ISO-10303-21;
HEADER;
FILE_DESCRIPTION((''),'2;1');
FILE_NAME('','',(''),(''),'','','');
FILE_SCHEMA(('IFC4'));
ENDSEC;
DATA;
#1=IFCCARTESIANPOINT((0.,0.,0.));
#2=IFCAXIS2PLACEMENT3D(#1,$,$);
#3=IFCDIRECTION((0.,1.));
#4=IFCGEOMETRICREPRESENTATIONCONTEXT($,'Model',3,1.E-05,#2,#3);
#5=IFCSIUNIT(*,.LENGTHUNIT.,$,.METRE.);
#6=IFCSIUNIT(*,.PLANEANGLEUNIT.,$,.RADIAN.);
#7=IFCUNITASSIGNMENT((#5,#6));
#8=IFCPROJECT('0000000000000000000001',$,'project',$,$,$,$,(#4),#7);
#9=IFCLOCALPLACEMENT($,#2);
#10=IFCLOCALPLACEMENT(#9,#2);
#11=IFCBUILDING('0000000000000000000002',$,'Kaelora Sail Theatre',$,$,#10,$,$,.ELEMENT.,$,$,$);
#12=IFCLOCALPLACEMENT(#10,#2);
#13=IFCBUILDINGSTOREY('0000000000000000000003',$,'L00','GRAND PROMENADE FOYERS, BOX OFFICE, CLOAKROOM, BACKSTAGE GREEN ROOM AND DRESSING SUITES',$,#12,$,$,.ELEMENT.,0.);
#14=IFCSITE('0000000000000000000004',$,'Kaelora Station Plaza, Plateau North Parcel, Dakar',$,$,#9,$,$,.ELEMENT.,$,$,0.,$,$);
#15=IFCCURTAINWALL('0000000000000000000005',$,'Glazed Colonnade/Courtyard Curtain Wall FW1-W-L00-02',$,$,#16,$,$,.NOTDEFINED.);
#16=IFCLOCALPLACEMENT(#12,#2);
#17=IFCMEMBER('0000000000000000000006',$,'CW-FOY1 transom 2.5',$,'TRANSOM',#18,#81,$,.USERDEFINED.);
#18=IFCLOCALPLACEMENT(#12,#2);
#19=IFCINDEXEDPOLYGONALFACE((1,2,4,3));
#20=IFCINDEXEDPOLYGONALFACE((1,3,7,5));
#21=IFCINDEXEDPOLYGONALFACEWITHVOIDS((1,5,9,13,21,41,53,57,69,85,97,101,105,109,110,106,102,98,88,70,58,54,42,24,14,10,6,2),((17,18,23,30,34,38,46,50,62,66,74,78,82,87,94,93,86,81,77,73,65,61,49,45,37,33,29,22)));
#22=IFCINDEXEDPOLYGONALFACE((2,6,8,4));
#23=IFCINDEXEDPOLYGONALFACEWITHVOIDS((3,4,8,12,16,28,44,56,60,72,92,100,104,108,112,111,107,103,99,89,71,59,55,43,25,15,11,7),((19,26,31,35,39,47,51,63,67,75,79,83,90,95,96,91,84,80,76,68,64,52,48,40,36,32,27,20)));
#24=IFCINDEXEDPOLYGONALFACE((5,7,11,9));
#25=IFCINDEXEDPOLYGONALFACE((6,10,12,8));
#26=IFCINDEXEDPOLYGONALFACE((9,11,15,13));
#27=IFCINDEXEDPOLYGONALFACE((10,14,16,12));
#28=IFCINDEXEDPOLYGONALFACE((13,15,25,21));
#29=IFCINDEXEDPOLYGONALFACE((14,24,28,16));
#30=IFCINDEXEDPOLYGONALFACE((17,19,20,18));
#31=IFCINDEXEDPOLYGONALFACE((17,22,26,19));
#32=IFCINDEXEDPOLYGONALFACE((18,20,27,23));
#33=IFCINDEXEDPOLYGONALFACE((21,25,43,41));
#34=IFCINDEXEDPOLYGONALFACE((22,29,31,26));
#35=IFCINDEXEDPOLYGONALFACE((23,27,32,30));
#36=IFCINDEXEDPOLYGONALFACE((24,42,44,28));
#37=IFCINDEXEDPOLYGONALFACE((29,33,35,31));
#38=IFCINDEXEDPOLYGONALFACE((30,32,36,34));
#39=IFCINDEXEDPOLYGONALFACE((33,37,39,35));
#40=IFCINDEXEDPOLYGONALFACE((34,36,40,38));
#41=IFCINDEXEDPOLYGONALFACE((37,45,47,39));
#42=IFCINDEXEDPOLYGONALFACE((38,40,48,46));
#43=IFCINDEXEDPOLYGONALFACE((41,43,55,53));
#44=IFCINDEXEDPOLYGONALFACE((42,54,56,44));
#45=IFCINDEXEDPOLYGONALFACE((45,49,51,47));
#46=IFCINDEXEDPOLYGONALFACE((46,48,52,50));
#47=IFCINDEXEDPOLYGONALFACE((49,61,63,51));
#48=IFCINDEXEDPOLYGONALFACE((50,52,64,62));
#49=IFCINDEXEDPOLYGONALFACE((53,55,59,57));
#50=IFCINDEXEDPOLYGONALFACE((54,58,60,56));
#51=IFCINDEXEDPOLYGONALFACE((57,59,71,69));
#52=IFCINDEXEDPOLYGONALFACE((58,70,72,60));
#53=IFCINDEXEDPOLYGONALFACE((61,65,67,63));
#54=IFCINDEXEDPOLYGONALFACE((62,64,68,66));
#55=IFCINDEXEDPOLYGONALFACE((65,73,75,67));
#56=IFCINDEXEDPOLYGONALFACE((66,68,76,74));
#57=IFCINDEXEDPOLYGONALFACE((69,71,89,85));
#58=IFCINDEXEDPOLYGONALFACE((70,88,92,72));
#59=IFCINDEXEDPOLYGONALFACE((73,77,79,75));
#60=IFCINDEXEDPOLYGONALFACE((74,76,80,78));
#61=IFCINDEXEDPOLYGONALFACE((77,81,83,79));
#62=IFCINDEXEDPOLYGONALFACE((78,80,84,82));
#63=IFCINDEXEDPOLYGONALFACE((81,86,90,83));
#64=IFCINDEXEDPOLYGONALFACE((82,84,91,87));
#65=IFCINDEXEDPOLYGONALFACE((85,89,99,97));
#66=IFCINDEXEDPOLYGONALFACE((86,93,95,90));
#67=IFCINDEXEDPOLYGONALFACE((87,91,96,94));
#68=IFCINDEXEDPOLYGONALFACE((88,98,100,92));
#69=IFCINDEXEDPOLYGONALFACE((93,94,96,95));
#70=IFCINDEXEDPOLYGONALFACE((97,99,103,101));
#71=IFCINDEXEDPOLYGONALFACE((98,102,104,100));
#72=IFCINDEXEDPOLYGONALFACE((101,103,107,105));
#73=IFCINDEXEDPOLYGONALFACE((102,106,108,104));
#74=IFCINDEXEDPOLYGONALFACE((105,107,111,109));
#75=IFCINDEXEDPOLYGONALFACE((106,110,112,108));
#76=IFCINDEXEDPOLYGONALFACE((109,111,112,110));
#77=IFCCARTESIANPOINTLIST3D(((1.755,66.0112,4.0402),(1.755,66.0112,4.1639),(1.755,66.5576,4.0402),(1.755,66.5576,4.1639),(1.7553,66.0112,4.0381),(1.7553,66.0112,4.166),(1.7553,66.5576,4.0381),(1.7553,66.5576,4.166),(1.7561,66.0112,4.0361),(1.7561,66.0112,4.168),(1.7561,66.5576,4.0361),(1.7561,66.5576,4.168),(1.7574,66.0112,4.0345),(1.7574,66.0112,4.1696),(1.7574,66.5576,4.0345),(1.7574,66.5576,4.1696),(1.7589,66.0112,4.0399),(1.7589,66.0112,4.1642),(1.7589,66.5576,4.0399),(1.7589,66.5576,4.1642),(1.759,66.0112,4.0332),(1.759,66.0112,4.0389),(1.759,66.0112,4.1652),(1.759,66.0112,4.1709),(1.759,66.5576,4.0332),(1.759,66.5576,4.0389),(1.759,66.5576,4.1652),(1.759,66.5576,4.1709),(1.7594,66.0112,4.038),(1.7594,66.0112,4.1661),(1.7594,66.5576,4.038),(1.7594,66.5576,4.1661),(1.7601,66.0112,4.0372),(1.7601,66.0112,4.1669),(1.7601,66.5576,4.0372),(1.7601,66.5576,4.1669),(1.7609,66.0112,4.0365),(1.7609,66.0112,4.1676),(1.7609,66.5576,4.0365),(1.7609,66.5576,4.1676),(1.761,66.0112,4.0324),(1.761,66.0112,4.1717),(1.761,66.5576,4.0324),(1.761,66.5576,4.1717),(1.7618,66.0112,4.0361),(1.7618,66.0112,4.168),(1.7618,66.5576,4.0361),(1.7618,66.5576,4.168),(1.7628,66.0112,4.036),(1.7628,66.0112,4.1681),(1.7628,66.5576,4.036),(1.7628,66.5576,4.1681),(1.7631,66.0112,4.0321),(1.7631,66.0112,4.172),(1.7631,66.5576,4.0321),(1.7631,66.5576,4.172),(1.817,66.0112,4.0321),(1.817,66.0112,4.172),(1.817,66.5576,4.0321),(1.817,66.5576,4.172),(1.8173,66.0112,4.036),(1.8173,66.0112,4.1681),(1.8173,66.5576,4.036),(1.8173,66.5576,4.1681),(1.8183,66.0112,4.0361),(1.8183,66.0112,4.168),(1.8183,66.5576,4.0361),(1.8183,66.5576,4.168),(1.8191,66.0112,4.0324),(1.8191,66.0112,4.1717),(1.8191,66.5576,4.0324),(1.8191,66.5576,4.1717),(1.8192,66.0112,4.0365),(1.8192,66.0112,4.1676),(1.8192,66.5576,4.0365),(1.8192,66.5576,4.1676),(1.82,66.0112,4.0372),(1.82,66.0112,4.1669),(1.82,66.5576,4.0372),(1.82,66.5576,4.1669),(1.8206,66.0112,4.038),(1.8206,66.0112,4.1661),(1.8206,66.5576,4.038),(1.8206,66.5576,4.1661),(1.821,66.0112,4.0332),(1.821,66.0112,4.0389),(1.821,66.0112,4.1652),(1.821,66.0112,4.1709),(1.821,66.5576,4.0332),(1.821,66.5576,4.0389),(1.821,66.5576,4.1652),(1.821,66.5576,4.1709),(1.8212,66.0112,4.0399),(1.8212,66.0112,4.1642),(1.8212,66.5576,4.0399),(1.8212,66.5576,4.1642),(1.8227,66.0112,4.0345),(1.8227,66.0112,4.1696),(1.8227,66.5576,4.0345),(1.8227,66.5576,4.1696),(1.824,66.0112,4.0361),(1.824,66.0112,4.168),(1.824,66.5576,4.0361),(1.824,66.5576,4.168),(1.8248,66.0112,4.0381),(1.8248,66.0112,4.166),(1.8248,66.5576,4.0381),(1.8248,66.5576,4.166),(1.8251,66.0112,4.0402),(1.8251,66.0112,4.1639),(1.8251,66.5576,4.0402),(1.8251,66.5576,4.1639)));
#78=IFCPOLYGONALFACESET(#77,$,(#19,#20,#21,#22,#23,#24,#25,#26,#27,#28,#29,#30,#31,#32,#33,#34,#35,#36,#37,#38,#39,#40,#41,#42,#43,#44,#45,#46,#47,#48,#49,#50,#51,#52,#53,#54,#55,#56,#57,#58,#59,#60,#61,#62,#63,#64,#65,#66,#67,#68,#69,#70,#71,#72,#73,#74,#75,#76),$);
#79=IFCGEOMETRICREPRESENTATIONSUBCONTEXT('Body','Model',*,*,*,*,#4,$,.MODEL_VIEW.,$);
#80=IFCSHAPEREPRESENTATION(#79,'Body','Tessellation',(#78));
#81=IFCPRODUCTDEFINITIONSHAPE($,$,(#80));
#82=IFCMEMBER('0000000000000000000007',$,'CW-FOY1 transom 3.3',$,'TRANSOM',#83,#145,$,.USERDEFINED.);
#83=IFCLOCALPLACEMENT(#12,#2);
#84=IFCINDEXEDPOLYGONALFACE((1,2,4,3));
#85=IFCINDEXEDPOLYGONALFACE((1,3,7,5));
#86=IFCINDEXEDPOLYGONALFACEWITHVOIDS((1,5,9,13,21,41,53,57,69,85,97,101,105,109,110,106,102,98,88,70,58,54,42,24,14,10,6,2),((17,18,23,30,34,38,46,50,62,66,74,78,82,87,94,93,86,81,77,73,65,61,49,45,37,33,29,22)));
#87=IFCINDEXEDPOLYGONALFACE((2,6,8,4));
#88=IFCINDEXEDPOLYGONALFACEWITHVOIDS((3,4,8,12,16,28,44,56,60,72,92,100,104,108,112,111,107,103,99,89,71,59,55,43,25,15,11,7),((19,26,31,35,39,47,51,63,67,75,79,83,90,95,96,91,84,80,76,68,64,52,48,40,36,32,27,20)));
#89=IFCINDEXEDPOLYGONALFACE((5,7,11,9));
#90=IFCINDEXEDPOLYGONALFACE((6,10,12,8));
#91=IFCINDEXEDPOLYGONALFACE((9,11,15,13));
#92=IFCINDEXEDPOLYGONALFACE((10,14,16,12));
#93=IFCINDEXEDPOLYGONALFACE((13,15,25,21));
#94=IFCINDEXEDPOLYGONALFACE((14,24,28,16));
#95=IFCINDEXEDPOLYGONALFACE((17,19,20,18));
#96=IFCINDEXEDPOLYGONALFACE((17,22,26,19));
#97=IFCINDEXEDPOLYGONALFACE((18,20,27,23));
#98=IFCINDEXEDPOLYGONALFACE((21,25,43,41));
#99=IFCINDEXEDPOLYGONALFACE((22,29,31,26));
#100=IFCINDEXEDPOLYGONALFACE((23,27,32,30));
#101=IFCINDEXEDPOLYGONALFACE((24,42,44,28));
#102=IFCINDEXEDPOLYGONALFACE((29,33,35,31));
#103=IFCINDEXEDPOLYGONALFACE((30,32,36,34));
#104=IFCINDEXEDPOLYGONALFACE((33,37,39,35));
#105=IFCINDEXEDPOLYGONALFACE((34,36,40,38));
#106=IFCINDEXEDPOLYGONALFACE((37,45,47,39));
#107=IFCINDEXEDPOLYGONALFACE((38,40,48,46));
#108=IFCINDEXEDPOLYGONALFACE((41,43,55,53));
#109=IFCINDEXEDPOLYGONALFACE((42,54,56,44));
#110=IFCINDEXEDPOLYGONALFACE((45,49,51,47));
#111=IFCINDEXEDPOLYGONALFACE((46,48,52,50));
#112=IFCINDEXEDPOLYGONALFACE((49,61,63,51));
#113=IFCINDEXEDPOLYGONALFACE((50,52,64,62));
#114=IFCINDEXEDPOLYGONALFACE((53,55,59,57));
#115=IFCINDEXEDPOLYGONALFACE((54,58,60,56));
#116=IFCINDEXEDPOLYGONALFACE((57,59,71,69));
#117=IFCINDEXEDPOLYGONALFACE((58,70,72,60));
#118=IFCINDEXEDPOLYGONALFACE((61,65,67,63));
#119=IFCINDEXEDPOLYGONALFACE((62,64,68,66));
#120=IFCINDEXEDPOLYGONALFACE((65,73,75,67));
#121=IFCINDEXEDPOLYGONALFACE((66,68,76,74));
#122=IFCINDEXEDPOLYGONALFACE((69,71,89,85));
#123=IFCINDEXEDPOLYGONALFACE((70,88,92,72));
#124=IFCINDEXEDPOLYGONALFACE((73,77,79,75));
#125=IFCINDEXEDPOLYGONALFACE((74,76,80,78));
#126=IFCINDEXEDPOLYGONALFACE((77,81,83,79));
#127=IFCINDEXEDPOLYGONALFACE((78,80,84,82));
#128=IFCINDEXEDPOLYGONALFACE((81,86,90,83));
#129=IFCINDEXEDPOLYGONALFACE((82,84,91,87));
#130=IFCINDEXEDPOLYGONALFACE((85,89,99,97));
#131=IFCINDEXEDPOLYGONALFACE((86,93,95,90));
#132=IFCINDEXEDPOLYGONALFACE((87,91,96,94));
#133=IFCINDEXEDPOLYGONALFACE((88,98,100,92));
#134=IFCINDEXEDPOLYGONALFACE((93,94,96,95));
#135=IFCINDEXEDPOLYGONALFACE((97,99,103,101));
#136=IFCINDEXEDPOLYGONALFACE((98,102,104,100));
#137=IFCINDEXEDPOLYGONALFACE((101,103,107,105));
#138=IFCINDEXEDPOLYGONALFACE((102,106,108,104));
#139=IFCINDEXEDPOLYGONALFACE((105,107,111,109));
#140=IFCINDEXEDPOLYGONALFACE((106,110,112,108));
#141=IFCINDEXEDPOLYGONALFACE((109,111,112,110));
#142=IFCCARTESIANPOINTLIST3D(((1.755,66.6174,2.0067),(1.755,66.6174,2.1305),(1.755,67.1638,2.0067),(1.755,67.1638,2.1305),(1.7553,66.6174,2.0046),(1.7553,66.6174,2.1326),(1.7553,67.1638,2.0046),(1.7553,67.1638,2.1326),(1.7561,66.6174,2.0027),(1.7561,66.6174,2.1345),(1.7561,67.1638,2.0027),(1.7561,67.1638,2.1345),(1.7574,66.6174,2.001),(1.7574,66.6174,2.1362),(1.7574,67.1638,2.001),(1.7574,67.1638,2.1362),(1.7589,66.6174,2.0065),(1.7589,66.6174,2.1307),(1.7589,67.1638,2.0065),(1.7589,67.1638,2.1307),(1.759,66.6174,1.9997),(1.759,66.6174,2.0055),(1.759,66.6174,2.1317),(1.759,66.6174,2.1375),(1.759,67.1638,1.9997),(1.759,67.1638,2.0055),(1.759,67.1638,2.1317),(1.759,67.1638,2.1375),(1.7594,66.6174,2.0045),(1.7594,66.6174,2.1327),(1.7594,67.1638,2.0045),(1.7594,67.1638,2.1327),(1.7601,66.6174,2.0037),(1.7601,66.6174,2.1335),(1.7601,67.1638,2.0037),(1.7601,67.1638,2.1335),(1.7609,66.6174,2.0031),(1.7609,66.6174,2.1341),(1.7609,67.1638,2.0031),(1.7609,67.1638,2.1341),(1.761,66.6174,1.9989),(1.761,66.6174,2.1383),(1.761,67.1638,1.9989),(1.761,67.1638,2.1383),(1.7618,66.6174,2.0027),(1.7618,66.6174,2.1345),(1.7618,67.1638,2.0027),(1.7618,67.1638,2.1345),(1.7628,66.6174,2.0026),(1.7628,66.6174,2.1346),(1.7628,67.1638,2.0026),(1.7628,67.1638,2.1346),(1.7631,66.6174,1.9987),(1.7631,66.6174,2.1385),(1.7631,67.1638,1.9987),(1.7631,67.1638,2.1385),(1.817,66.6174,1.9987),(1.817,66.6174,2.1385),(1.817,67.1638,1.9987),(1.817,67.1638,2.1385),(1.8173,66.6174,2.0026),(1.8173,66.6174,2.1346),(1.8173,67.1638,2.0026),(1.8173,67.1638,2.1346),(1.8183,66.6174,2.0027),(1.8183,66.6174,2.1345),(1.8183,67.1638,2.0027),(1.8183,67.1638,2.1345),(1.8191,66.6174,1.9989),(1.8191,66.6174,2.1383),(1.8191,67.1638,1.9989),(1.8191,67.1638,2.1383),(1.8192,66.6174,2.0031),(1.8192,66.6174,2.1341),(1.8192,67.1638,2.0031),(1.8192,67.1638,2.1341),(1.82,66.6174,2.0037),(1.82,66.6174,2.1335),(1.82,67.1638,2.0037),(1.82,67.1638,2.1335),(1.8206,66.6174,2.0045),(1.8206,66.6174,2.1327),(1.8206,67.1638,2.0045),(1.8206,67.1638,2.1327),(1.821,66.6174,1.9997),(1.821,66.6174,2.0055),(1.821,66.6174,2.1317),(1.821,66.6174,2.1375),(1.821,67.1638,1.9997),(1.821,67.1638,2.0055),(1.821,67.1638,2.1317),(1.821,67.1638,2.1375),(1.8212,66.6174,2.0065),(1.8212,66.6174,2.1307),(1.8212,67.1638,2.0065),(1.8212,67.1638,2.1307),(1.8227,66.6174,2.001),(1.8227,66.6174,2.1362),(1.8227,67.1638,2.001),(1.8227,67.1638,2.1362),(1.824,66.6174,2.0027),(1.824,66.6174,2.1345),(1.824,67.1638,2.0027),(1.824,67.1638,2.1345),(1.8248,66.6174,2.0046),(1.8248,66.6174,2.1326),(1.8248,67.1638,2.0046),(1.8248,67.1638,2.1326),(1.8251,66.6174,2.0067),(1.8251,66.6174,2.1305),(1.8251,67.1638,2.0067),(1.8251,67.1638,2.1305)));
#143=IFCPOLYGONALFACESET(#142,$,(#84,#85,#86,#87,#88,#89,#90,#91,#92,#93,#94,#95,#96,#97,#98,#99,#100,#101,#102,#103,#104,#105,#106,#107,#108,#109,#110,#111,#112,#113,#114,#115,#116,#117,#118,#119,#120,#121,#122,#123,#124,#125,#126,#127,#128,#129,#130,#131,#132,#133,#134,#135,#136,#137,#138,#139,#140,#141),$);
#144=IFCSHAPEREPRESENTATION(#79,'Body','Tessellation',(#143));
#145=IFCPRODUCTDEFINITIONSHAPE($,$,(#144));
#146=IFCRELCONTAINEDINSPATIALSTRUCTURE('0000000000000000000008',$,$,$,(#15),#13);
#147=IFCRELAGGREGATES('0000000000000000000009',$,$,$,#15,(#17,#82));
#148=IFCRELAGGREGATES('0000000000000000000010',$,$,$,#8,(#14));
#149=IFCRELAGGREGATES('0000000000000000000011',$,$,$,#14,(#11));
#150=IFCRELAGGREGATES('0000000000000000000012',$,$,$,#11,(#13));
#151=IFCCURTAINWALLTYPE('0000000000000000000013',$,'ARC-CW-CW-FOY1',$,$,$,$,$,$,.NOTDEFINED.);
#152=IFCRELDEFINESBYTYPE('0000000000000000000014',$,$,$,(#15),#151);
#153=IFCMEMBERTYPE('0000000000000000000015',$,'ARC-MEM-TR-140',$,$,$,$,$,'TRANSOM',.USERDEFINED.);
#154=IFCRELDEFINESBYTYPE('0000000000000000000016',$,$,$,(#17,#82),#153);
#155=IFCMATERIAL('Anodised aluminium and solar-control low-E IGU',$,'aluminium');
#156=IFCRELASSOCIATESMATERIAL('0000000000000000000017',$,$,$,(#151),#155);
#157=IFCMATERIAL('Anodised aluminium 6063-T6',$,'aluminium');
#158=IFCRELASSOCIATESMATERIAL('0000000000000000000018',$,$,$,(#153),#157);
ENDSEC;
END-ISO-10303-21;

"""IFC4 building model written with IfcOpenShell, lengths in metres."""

from ifc_helpers import new_model, si_unit, direction, frame, origin, origin_2d, place, context, subcontext, project, spatial, hollow_rectangle, extrude, material, material_profile, profile_set, type_object, element, aggregate, save


model = new_model("IFC4")

# Units and contexts
model_context = context("Model", 3, precision=1e-05, world=origin(), true_north=direction((0.0, 1.0)))
body_context = subcontext(model_context, "Body", "Model", "MODEL_VIEW")
ifc_project = project(units=[si_unit("LENGTHUNIT", "METRE"), si_unit("PLANEANGLEUNIT", "RADIAN")], contexts=[model_context])

# Site, building, storey
site_placement = place(None, origin())
site = spatial("IfcSite", under=ifc_project, at=site_placement, Name="Kaelora Station Plaza, Plateau North Parcel, Dakar", CompositionType="ELEMENT", RefElevation=0.0)
building_placement = place(site_placement, origin())
building = spatial("IfcBuilding", under=site, at=building_placement, Name="Kaelora Sail Theatre", CompositionType="ELEMENT")
storey_placement = place(building_placement, origin())
storey = spatial("IfcBuildingStorey", under=building, at=storey_placement, Name="L00", Description="GRAND PROMENADE FOYERS, BOX OFFICE, CLOAKROOM, BACKSTAGE GREEN ROOM AND DRESSING SUITES", CompositionType="ELEMENT", Elevation=0.0)

# Shared definitions
ifc_material_1 = material(Name="Anodised aluminium and solar-control low-E IGU", Category="aluminium")
curtain_wall_type = type_object("IfcCurtainWallType", Name="ARC-CW-CW-FOY1", PredefinedType="NOTDEFINED", material=ifc_material_1)
ifc_material_2 = material(Name="Anodised aluminium 6063-T6", Category="aluminium")
ifc_material_profile = material_profile(ifc_material_2, hollow_rectangle(XDim=0.0701, YDim=0.1399, WallThickness=0.0039, InnerFilletRadius=0.0039, OuterFilletRadius=0.0081, at=origin_2d()), Name="ALU-TRAN 70x140x4")
ifc_profile_set = profile_set([ifc_material_profile], Name="Anodised aluminium 6063-T6")
member_type = type_object("IfcMemberType", Name="ARC-MEM-TR-140", ElementType="TRANSOM", PredefinedType="USERDEFINED", material=ifc_profile_set)

# Curtain wall, members
curtain_wall_1_placement = place(storey_placement, origin())
curtain_wall_1 = element("IfcCurtainWall", 1, at=curtain_wall_1_placement, inside=storey, type_object=curtain_wall_type, Name="Glazed Colonnade/Courtyard Curtain Wall FW1-W-L00-02", PredefinedType="NOTDEFINED")
member_1_placement = place(storey_placement, frame((1.79, 66.0112, 4.1021), z_axis=(0.0, 1.0, 0.0), x_axis=(-1.0, 0.0, 0.0)))
member_1 = element("IfcMember", 2, at=member_1_placement, type_object=member_type, Name="CW-FOY1 transom 2.5", ObjectType="TRANSOM", PredefinedType="USERDEFINED", context=body_context, shape_type="SweptSolid", body=[
    extrude(hollow_rectangle(XDim=0.0701, YDim=0.1399, WallThickness=0.0039, InnerFilletRadius=0.0039, OuterFilletRadius=0.0081, at=origin_2d()), origin(), (0.0, 0.0, 1.0), 0.5464),
])
member_2_placement = place(storey_placement, frame((1.79, 66.6174, 2.0686), z_axis=(0.0, 1.0, 0.0), x_axis=(-1.0, 0.0, 0.0)))
member_2 = element("IfcMember", 3, at=member_2_placement, type_object=member_type, Name="CW-FOY1 transom 3.3", ObjectType="TRANSOM", PredefinedType="USERDEFINED", context=body_context, shape_type="SweptSolid", body=[
    extrude(hollow_rectangle(XDim=0.0701, YDim=0.1399, WallThickness=0.0039, InnerFilletRadius=0.0039, OuterFilletRadius=0.0081, at=origin_2d()), origin(), (0.0, 0.0, 1.0), 0.5464),
])

aggregate(curtain_wall_1, [member_1, member_2])

save(model, "model.ifc")
